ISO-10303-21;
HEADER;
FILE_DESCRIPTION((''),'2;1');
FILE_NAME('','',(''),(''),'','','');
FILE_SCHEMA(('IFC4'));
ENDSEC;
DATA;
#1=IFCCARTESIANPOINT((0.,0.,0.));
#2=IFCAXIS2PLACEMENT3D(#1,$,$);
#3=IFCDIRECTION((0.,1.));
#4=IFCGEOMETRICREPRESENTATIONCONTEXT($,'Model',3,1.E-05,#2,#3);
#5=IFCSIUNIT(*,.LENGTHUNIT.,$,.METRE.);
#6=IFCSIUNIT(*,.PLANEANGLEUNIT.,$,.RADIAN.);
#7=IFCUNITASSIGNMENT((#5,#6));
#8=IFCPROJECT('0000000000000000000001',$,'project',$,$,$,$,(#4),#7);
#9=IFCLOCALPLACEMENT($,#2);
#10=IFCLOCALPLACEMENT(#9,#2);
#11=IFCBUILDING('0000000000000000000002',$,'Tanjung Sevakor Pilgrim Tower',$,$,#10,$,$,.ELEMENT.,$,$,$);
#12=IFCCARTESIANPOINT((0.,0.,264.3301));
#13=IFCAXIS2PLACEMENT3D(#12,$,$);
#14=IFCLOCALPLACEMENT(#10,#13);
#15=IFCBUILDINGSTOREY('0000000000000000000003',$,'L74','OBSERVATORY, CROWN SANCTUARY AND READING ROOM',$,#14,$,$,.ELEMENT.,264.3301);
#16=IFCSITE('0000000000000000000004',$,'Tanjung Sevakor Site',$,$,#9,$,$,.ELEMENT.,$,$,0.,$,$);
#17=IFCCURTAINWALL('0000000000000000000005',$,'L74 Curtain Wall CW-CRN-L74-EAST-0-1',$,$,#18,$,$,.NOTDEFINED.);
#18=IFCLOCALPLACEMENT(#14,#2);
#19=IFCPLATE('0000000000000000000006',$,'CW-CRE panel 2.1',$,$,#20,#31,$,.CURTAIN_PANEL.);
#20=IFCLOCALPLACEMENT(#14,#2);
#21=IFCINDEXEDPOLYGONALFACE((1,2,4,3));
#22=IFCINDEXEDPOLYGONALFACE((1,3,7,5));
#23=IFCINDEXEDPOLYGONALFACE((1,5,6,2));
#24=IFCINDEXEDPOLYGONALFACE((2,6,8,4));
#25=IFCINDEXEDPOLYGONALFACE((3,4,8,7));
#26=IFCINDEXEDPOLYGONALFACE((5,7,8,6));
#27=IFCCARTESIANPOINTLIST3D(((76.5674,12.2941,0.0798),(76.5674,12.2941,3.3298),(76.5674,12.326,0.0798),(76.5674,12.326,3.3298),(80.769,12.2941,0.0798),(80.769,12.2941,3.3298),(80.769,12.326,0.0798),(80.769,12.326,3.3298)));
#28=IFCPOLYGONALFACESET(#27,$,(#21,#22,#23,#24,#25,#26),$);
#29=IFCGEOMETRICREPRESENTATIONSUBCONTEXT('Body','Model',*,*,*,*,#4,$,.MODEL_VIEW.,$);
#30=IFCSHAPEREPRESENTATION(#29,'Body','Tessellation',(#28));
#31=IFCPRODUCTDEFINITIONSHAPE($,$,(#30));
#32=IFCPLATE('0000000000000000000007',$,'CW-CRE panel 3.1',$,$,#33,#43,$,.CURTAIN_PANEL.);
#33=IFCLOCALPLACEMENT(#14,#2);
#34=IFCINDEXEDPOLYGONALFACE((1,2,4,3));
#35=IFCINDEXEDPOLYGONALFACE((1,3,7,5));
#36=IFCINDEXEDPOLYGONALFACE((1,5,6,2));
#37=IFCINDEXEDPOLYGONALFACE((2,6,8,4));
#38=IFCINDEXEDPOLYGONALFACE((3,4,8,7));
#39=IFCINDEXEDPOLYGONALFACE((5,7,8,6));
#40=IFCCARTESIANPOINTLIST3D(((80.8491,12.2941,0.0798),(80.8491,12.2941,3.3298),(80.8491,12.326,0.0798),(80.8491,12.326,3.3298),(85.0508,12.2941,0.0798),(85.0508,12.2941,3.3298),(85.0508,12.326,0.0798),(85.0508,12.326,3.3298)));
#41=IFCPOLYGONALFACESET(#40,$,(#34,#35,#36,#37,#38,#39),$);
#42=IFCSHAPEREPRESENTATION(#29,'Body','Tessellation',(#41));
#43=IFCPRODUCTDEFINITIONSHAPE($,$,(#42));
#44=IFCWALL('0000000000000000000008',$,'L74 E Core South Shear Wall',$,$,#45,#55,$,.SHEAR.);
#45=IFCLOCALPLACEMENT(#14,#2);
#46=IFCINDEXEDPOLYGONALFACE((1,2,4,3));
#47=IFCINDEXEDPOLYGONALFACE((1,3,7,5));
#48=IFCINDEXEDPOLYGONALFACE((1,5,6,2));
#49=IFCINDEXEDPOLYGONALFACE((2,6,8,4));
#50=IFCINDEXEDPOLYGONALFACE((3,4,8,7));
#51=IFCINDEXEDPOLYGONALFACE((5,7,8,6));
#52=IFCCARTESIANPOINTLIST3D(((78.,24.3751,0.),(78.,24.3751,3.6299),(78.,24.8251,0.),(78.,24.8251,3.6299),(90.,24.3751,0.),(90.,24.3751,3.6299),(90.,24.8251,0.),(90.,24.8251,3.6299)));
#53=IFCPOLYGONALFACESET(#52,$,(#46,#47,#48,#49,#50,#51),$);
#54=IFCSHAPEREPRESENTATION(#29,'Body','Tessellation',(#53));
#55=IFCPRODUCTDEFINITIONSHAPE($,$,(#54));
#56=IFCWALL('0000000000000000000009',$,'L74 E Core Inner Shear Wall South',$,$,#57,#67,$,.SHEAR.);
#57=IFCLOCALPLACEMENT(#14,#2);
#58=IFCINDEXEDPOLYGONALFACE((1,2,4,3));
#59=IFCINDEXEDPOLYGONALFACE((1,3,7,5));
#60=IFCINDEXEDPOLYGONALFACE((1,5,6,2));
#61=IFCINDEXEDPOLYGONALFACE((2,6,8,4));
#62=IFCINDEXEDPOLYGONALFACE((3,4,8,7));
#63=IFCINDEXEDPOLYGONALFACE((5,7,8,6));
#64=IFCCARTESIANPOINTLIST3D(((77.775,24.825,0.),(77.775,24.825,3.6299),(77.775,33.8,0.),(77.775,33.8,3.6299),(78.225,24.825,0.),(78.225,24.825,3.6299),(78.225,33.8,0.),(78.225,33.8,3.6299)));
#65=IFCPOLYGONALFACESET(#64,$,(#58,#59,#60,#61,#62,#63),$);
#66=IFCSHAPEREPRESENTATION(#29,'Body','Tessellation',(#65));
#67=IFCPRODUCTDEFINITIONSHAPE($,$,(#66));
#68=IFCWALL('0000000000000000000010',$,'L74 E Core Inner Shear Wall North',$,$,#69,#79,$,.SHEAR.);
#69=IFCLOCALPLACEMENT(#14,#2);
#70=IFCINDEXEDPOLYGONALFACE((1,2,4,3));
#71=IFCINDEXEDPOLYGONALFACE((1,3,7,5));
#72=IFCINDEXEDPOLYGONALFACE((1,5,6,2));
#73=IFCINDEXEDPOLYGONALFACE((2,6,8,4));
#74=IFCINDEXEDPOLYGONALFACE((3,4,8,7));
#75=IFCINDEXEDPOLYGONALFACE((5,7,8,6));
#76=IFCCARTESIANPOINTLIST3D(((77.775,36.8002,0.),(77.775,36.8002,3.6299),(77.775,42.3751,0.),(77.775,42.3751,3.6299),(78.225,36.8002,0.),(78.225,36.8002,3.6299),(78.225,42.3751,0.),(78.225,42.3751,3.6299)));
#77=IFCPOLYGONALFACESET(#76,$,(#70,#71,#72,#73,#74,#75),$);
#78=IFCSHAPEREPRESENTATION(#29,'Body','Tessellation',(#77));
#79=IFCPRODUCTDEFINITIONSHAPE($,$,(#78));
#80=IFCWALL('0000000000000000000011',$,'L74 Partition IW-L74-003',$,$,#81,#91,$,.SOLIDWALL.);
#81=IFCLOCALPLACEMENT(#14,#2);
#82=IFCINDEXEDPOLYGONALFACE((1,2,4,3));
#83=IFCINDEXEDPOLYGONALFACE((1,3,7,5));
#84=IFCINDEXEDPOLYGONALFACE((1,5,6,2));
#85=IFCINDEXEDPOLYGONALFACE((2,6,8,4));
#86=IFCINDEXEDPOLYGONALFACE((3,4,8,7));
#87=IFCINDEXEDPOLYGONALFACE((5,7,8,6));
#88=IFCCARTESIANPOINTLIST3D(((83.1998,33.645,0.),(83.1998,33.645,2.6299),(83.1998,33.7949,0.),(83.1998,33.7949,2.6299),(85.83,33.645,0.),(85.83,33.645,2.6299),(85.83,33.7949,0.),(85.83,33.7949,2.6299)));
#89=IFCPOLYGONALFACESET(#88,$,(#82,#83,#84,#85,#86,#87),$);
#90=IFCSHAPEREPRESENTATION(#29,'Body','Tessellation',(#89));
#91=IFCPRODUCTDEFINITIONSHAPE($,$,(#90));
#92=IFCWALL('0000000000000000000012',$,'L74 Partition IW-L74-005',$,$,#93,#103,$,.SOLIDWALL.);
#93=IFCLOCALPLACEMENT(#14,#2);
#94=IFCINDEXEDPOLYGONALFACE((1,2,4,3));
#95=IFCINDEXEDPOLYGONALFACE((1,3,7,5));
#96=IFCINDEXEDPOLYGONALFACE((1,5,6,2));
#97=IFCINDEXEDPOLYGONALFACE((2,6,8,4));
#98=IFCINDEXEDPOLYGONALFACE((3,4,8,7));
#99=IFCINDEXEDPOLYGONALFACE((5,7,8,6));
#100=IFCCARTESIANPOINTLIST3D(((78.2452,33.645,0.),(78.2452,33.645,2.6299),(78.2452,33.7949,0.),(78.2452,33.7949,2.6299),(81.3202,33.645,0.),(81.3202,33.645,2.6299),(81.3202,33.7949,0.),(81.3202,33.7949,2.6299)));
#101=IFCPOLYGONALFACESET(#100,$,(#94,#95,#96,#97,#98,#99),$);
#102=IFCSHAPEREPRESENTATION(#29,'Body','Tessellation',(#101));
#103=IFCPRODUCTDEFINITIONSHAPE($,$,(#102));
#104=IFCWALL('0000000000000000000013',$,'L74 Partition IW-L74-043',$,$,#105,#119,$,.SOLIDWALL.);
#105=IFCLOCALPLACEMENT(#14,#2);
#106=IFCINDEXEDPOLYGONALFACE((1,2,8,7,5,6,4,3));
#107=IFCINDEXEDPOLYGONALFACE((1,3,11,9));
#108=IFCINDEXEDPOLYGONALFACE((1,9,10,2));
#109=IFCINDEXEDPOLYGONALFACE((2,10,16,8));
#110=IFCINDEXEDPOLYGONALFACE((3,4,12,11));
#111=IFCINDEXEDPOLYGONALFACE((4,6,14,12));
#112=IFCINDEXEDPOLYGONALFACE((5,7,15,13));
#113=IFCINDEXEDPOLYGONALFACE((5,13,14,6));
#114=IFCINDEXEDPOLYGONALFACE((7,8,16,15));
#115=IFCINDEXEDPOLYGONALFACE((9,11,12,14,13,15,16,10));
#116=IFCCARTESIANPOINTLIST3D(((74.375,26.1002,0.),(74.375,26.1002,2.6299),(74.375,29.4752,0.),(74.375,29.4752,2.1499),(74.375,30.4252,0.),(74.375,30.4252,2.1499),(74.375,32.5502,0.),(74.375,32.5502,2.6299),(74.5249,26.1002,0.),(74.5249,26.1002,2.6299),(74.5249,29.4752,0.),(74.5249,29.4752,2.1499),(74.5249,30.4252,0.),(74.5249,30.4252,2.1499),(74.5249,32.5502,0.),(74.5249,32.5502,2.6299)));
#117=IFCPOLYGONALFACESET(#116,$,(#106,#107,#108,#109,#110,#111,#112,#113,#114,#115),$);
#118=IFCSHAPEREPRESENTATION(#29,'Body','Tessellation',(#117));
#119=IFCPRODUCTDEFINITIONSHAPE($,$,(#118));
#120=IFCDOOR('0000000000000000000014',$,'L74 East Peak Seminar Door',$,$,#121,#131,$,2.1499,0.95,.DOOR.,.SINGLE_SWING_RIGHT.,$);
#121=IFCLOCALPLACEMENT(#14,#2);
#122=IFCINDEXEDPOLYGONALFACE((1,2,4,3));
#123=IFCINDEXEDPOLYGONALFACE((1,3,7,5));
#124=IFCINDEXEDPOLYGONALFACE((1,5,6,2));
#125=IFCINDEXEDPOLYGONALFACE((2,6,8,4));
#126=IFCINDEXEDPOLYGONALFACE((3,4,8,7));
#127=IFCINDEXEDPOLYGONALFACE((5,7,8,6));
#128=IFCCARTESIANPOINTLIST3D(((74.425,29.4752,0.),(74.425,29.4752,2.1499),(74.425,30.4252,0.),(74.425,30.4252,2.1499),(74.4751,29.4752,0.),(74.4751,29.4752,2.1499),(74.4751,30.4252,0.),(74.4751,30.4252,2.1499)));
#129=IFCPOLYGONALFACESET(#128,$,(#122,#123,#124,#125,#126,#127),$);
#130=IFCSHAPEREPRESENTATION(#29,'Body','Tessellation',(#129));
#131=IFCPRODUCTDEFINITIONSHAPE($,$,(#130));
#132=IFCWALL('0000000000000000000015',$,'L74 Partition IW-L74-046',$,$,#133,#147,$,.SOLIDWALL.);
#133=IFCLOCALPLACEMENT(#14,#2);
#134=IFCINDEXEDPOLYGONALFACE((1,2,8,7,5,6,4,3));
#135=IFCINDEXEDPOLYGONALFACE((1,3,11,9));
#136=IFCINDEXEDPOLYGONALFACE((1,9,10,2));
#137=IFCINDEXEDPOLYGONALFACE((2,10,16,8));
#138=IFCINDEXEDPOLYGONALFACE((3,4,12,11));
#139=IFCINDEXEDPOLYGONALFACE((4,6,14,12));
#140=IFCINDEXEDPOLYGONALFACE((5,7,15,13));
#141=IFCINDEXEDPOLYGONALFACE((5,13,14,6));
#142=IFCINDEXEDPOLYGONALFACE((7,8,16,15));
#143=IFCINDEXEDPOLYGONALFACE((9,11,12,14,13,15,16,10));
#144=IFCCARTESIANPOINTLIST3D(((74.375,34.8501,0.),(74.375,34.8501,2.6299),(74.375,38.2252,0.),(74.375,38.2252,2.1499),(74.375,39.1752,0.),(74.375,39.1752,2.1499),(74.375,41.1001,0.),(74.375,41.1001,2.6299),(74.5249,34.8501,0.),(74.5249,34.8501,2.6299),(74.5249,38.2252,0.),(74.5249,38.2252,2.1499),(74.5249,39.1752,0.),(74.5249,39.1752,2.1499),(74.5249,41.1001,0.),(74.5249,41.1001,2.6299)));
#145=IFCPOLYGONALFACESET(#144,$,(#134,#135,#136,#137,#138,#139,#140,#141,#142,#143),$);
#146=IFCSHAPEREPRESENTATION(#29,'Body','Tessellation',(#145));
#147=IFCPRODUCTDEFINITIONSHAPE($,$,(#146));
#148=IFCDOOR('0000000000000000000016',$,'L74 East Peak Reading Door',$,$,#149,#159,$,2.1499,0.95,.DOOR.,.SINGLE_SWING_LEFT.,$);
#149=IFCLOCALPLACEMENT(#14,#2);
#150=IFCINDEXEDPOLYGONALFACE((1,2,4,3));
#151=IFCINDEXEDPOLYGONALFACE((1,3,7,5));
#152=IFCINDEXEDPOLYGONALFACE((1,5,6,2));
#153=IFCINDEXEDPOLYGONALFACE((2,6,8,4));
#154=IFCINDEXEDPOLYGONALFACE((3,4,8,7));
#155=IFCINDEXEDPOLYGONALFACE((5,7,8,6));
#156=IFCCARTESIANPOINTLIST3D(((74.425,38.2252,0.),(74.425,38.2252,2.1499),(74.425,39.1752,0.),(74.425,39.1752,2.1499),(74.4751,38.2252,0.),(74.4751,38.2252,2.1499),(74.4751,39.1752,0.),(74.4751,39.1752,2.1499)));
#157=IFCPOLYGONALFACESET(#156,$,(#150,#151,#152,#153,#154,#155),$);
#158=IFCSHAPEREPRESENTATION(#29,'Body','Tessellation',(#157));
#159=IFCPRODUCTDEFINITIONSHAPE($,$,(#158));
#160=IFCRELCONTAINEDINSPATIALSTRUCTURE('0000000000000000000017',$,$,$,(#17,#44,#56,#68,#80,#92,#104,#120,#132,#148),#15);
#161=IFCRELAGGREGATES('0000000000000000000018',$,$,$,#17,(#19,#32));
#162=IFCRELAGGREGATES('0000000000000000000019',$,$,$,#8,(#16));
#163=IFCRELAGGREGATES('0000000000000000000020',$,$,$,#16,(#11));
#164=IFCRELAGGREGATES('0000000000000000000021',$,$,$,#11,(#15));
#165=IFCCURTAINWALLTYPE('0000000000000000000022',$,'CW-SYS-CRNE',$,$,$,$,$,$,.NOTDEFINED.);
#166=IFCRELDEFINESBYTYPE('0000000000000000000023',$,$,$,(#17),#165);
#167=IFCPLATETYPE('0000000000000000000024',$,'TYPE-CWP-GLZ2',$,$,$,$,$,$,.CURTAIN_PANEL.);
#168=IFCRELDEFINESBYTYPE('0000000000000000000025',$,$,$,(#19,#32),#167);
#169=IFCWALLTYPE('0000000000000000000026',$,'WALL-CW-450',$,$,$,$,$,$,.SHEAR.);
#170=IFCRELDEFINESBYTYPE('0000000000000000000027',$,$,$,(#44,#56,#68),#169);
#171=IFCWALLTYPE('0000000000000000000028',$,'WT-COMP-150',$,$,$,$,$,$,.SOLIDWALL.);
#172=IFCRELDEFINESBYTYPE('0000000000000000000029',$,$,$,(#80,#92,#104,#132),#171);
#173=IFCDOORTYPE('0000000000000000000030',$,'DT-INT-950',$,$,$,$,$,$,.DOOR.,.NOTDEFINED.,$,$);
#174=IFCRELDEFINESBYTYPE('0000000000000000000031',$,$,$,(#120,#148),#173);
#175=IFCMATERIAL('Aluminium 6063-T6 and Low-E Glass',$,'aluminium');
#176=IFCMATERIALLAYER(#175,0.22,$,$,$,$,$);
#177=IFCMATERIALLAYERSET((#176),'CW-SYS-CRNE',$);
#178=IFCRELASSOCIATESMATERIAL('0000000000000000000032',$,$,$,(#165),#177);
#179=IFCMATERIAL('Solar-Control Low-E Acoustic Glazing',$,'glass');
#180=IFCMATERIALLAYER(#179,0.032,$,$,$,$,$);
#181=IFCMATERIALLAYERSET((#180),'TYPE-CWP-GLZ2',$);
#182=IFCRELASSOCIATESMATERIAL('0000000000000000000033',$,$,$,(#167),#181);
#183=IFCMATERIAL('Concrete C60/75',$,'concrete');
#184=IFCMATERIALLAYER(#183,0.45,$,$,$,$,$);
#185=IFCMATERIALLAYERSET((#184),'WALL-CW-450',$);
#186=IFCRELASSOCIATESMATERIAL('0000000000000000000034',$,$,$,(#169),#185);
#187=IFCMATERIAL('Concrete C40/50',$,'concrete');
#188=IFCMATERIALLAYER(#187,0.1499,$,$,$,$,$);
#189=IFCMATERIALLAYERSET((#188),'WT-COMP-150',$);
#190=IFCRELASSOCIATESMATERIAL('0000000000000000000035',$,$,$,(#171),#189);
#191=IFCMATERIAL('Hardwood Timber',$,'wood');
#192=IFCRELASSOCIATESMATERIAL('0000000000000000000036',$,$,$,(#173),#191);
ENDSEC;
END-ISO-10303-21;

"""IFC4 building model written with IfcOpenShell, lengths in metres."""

from ifc_helpers import new_model, si_unit, direction, frame, frame_2d, origin, origin_2d, place, context, subcontext, project, spatial, rectangle, extrude, material, layer, layer_set, type_object, element, fill, aggregate, save


model = new_model("IFC4")

# Units and contexts
model_context = context("Model", 3, precision=1e-05, world=origin(), true_north=direction((0.0, 1.0)))
body_context = subcontext(model_context, "Body", "Model", "MODEL_VIEW")
ifc_project = project(units=[si_unit("LENGTHUNIT", "METRE"), si_unit("PLANEANGLEUNIT", "RADIAN")], contexts=[model_context])

# Site, building, storey
site_placement = place(None, origin())
site = spatial("IfcSite", under=ifc_project, at=site_placement, Name="Tanjung Sevakor Site", CompositionType="ELEMENT", RefElevation=0.0)
building_placement = place(site_placement, origin())
building = spatial("IfcBuilding", under=site, at=building_placement, Name="Tanjung Sevakor Pilgrim Tower", CompositionType="ELEMENT")
storey_placement = place(building_placement, frame((0.0, 0.0, 264.3301)))
storey = spatial("IfcBuildingStorey", under=building, at=storey_placement, Name="L74", Description="OBSERVATORY, CROWN SANCTUARY AND READING ROOM", CompositionType="ELEMENT", Elevation=264.3301)

# Curtain wall, plates
ifc_material_1 = material(Name="Aluminium 6063-T6 and Low-E Glass", Category="aluminium")
ifc_layer_1 = layer(ifc_material_1, 0.22)
ifc_layer_set_1 = layer_set([ifc_layer_1], Name="CW-SYS-CRNE")
curtain_wall_type = type_object("IfcCurtainWallType", Name="CW-SYS-CRNE", PredefinedType="NOTDEFINED", material=ifc_layer_set_1)
curtain_wall_placement = place(storey_placement, origin())
curtain_wall = element("IfcCurtainWall", 1, at=curtain_wall_placement, inside=storey, type_object=curtain_wall_type, Name="L74 Curtain Wall CW-CRN-L74-EAST-0-1", PredefinedType="NOTDEFINED")
ifc_material_2 = material(Name="Solar-Control Low-E Acoustic Glazing", Category="glass")
ifc_layer_2 = layer(ifc_material_2, 0.032)
ifc_layer_set_2 = layer_set([ifc_layer_2], Name="TYPE-CWP-GLZ2")
plate_type = type_object("IfcPlateType", Name="TYPE-CWP-GLZ2", PredefinedType="CURTAIN_PANEL", material=ifc_layer_set_2)
plate_1_placement = place(storey_placement, frame((78.6682, 12.3101, 0.0798), z_axis=(0.0, 0.0, 1.0), x_axis=(1.0, 0.0, 0.0)))
plate_1 = element("IfcPlate", 2, at=plate_1_placement, type_object=plate_type, Name="CW-CRE panel 2.1", PredefinedType="CURTAIN_PANEL", context=body_context, shape_type="SweptSolid", body=[
    extrude(rectangle(XDim=4.2017, YDim=0.032, at=origin_2d()), origin(), (0.0, 0.0, 1.0), 3.25),
])
plate_2_placement = place(storey_placement, frame((82.95, 12.3101, 0.0798), z_axis=(0.0, 0.0, 1.0), x_axis=(1.0, 0.0, 0.0)))
plate_2 = element("IfcPlate", 3, at=plate_2_placement, type_object=plate_type, Name="CW-CRE panel 3.1", PredefinedType="CURTAIN_PANEL", context=body_context, shape_type="SweptSolid", body=[
    extrude(rectangle(XDim=4.2017, YDim=0.032, at=origin_2d()), origin(), (0.0, 0.0, 1.0), 3.25),
])
aggregate(curtain_wall, [plate_1, plate_2])

# Walls
ifc_material_3 = material(Name="Concrete C60/75", Category="concrete")
ifc_layer_3 = layer(ifc_material_3, 0.45)
ifc_layer_set_3 = layer_set([ifc_layer_3], Name="WALL-CW-450")
wall_type_1 = type_object("IfcWallType", Name="WALL-CW-450", PredefinedType="SHEAR", material=ifc_layer_set_3)
wall_1_placement = place(storey_placement, frame((78.0, 24.6001, 0.0), z_axis=(0.0, 0.0, 1.0), x_axis=(1.0, 0.0, 0.0)))
element("IfcWall", 4, at=wall_1_placement, inside=storey, type_object=wall_type_1, Name="L74 E Core South Shear Wall", PredefinedType="SHEAR", context=body_context, shape_type="SweptSolid", body=[
    extrude(rectangle(XDim=12.0, YDim=0.45, at=frame_2d((6.0, 0.0))), origin(), (0.0, 0.0, 1.0), 3.6299),
])
wall_2_placement = place(storey_placement, frame((78.0, 24.825, 0.0), z_axis=(0.0, 0.0, 1.0), x_axis=(0.0, 1.0, 0.0)))
element("IfcWall", 5, at=wall_2_placement, inside=storey, type_object=wall_type_1, Name="L74 E Core Inner Shear Wall South", PredefinedType="SHEAR", context=body_context, shape_type="SweptSolid", body=[
    extrude(rectangle(XDim=8.9751, YDim=0.45, at=frame_2d((4.4875, 0.0))), origin(), (0.0, 0.0, 1.0), 3.6299),
])
wall_3_placement = place(storey_placement, frame((78.0, 36.8, 0.0), z_axis=(0.0, 0.0, 1.0), x_axis=(0.0, 1.0, 0.0)))
element("IfcWall", 6, at=wall_3_placement, inside=storey, type_object=wall_type_1, Name="L74 E Core Inner Shear Wall North", PredefinedType="SHEAR", context=body_context, shape_type="SweptSolid", body=[
    extrude(rectangle(XDim=5.575, YDim=0.45, at=frame_2d((2.7876, 0.0))), origin(), (0.0, 0.0, 1.0), 3.6299),
])
ifc_material_4 = material(Name="Concrete C40/50", Category="concrete")
ifc_layer_4 = layer(ifc_material_4, 0.1499)
ifc_layer_set_4 = layer_set([ifc_layer_4], Name="WT-COMP-150")
wall_type_2 = type_object("IfcWallType", Name="WT-COMP-150", PredefinedType="SOLIDWALL", material=ifc_layer_set_4)
wall_4_placement = place(storey_placement, frame((83.2, 33.72, 0.0), z_axis=(0.0, 0.0, 1.0), x_axis=(1.0, 0.0, 0.0)))
element("IfcWall", 7, at=wall_4_placement, inside=storey, type_object=wall_type_2, Name="L74 Partition IW-L74-003", PredefinedType="SOLIDWALL", context=body_context, shape_type="SweptSolid", body=[
    extrude(rectangle(XDim=2.6301, YDim=0.1499, at=frame_2d((1.3149, 0.0))), origin(), (0.0, 0.0, 1.0), 2.6299),
])

# Wall
wall_5_placement = place(storey_placement, frame((78.2451, 33.72, 0.0), z_axis=(0.0, 0.0, 1.0), x_axis=(1.0, 0.0, 0.0)))
element("IfcWall", 8, at=wall_5_placement, inside=storey, type_object=wall_type_2, Name="L74 Partition IW-L74-005", PredefinedType="SOLIDWALL", context=body_context, shape_type="SweptSolid", body=[
    extrude(rectangle(XDim=3.075, YDim=0.1499, at=frame_2d((1.5376, 0.0))), origin(), (0.0, 0.0, 1.0), 2.6299),
])

# Walls, openings, doors
wall_6_placement = place(storey_placement, frame((74.45, 26.1001, 0.0), z_axis=(0.0, 0.0, 1.0), x_axis=(0.0, 1.0, 0.0)))
wall_6 = element("IfcWall", 9, at=wall_6_placement, inside=storey, type_object=wall_type_2, Name="L74 Partition IW-L74-043", PredefinedType="SOLIDWALL", context=body_context, shape_type="SweptSolid", body=[
    extrude(rectangle(XDim=6.45, YDim=0.1499, at=frame_2d((3.2251, 0.0))), origin(), (0.0, 0.0, 1.0), 2.6299),
])
opening_1_placement = place(wall_6_placement, frame((3.375, 0.0, 0.0)))
opening_1 = element("IfcOpeningElement", 10, at=opening_1_placement, cuts=wall_6, PredefinedType="OPENING", context=body_context, shape_type="SweptSolid", body=[
    extrude(rectangle(XDim=0.95, YDim=2.1499, at=frame_2d((0.4751, 1.075))), frame((0.0, 0.085, 0.0), z_axis=(0.0, -1.0, 0.0), x_axis=(1.0, 0.0, 0.0)), (0.0, 0.0, 1.0), 0.1699),
])
ifc_material_5 = material(Name="Hardwood Timber", Category="wood")
door_type_1 = type_object("IfcDoorType", Name="DT-INT-950", OperationType="NOTDEFINED", PredefinedType="DOOR", material=ifc_material_5)
door_1_placement = place(opening_1_placement, origin())
door_1 = element("IfcDoor", 11, at=door_1_placement, inside=storey, type_object=door_type_1, Name="L74 East Peak Seminar Door", OperationType="SINGLE_SWING_RIGHT", OverallHeight=2.1499, OverallWidth=0.95, PredefinedType="DOOR", context=body_context, shape_type="SweptSolid", body=[
    extrude(rectangle(XDim=0.95, YDim=2.1499, at=frame_2d((0.4751, 1.075))), frame((0.0, 0.0249, 0.0), z_axis=(0.0, -1.0, 0.0), x_axis=(1.0, 0.0, 0.0)), (0.0, 0.0, 1.0), 0.05),
])
fill(opening_1, door_1)
wall_7_placement = place(storey_placement, frame((74.45, 34.8501, 0.0), z_axis=(0.0, 0.0, 1.0), x_axis=(0.0, 1.0, 0.0)))
wall_7 = element("IfcWall", 12, at=wall_7_placement, inside=storey, type_object=wall_type_2, Name="L74 Partition IW-L74-046", PredefinedType="SOLIDWALL", context=body_context, shape_type="SweptSolid", body=[
    extrude(rectangle(XDim=6.25, YDim=0.1499, at=frame_2d((3.125, 0.0))), origin(), (0.0, 0.0, 1.0), 2.6299),
])
opening_2_placement = place(wall_7_placement, frame((3.375, 0.0, 0.0)))
opening_2 = element("IfcOpeningElement", 13, at=opening_2_placement, cuts=wall_7, PredefinedType="OPENING", context=body_context, shape_type="SweptSolid", body=[
    extrude(rectangle(XDim=0.95, YDim=2.1499, at=frame_2d((0.4751, 1.075))), frame((0.0, 0.085, 0.0), z_axis=(0.0, -1.0, 0.0), x_axis=(1.0, 0.0, 0.0)), (0.0, 0.0, 1.0), 0.1699),
])
door_2_placement = place(opening_2_placement, origin())
door_2 = element("IfcDoor", 14, at=door_2_placement, inside=storey, type_object=door_type_1, Name="L74 East Peak Reading Door", OperationType="SINGLE_SWING_LEFT", OverallHeight=2.1499, OverallWidth=0.95, PredefinedType="DOOR", context=body_context, shape_type="SweptSolid", body=[
    extrude(rectangle(XDim=0.95, YDim=2.1499, at=frame_2d((0.4751, 1.075))), frame((0.0, 0.0249, 0.0), z_axis=(0.0, -1.0, 0.0), x_axis=(1.0, 0.0, 0.0)), (0.0, 0.0, 1.0), 0.05),
])
fill(opening_2, door_2)

save(model, "model.ifc")
